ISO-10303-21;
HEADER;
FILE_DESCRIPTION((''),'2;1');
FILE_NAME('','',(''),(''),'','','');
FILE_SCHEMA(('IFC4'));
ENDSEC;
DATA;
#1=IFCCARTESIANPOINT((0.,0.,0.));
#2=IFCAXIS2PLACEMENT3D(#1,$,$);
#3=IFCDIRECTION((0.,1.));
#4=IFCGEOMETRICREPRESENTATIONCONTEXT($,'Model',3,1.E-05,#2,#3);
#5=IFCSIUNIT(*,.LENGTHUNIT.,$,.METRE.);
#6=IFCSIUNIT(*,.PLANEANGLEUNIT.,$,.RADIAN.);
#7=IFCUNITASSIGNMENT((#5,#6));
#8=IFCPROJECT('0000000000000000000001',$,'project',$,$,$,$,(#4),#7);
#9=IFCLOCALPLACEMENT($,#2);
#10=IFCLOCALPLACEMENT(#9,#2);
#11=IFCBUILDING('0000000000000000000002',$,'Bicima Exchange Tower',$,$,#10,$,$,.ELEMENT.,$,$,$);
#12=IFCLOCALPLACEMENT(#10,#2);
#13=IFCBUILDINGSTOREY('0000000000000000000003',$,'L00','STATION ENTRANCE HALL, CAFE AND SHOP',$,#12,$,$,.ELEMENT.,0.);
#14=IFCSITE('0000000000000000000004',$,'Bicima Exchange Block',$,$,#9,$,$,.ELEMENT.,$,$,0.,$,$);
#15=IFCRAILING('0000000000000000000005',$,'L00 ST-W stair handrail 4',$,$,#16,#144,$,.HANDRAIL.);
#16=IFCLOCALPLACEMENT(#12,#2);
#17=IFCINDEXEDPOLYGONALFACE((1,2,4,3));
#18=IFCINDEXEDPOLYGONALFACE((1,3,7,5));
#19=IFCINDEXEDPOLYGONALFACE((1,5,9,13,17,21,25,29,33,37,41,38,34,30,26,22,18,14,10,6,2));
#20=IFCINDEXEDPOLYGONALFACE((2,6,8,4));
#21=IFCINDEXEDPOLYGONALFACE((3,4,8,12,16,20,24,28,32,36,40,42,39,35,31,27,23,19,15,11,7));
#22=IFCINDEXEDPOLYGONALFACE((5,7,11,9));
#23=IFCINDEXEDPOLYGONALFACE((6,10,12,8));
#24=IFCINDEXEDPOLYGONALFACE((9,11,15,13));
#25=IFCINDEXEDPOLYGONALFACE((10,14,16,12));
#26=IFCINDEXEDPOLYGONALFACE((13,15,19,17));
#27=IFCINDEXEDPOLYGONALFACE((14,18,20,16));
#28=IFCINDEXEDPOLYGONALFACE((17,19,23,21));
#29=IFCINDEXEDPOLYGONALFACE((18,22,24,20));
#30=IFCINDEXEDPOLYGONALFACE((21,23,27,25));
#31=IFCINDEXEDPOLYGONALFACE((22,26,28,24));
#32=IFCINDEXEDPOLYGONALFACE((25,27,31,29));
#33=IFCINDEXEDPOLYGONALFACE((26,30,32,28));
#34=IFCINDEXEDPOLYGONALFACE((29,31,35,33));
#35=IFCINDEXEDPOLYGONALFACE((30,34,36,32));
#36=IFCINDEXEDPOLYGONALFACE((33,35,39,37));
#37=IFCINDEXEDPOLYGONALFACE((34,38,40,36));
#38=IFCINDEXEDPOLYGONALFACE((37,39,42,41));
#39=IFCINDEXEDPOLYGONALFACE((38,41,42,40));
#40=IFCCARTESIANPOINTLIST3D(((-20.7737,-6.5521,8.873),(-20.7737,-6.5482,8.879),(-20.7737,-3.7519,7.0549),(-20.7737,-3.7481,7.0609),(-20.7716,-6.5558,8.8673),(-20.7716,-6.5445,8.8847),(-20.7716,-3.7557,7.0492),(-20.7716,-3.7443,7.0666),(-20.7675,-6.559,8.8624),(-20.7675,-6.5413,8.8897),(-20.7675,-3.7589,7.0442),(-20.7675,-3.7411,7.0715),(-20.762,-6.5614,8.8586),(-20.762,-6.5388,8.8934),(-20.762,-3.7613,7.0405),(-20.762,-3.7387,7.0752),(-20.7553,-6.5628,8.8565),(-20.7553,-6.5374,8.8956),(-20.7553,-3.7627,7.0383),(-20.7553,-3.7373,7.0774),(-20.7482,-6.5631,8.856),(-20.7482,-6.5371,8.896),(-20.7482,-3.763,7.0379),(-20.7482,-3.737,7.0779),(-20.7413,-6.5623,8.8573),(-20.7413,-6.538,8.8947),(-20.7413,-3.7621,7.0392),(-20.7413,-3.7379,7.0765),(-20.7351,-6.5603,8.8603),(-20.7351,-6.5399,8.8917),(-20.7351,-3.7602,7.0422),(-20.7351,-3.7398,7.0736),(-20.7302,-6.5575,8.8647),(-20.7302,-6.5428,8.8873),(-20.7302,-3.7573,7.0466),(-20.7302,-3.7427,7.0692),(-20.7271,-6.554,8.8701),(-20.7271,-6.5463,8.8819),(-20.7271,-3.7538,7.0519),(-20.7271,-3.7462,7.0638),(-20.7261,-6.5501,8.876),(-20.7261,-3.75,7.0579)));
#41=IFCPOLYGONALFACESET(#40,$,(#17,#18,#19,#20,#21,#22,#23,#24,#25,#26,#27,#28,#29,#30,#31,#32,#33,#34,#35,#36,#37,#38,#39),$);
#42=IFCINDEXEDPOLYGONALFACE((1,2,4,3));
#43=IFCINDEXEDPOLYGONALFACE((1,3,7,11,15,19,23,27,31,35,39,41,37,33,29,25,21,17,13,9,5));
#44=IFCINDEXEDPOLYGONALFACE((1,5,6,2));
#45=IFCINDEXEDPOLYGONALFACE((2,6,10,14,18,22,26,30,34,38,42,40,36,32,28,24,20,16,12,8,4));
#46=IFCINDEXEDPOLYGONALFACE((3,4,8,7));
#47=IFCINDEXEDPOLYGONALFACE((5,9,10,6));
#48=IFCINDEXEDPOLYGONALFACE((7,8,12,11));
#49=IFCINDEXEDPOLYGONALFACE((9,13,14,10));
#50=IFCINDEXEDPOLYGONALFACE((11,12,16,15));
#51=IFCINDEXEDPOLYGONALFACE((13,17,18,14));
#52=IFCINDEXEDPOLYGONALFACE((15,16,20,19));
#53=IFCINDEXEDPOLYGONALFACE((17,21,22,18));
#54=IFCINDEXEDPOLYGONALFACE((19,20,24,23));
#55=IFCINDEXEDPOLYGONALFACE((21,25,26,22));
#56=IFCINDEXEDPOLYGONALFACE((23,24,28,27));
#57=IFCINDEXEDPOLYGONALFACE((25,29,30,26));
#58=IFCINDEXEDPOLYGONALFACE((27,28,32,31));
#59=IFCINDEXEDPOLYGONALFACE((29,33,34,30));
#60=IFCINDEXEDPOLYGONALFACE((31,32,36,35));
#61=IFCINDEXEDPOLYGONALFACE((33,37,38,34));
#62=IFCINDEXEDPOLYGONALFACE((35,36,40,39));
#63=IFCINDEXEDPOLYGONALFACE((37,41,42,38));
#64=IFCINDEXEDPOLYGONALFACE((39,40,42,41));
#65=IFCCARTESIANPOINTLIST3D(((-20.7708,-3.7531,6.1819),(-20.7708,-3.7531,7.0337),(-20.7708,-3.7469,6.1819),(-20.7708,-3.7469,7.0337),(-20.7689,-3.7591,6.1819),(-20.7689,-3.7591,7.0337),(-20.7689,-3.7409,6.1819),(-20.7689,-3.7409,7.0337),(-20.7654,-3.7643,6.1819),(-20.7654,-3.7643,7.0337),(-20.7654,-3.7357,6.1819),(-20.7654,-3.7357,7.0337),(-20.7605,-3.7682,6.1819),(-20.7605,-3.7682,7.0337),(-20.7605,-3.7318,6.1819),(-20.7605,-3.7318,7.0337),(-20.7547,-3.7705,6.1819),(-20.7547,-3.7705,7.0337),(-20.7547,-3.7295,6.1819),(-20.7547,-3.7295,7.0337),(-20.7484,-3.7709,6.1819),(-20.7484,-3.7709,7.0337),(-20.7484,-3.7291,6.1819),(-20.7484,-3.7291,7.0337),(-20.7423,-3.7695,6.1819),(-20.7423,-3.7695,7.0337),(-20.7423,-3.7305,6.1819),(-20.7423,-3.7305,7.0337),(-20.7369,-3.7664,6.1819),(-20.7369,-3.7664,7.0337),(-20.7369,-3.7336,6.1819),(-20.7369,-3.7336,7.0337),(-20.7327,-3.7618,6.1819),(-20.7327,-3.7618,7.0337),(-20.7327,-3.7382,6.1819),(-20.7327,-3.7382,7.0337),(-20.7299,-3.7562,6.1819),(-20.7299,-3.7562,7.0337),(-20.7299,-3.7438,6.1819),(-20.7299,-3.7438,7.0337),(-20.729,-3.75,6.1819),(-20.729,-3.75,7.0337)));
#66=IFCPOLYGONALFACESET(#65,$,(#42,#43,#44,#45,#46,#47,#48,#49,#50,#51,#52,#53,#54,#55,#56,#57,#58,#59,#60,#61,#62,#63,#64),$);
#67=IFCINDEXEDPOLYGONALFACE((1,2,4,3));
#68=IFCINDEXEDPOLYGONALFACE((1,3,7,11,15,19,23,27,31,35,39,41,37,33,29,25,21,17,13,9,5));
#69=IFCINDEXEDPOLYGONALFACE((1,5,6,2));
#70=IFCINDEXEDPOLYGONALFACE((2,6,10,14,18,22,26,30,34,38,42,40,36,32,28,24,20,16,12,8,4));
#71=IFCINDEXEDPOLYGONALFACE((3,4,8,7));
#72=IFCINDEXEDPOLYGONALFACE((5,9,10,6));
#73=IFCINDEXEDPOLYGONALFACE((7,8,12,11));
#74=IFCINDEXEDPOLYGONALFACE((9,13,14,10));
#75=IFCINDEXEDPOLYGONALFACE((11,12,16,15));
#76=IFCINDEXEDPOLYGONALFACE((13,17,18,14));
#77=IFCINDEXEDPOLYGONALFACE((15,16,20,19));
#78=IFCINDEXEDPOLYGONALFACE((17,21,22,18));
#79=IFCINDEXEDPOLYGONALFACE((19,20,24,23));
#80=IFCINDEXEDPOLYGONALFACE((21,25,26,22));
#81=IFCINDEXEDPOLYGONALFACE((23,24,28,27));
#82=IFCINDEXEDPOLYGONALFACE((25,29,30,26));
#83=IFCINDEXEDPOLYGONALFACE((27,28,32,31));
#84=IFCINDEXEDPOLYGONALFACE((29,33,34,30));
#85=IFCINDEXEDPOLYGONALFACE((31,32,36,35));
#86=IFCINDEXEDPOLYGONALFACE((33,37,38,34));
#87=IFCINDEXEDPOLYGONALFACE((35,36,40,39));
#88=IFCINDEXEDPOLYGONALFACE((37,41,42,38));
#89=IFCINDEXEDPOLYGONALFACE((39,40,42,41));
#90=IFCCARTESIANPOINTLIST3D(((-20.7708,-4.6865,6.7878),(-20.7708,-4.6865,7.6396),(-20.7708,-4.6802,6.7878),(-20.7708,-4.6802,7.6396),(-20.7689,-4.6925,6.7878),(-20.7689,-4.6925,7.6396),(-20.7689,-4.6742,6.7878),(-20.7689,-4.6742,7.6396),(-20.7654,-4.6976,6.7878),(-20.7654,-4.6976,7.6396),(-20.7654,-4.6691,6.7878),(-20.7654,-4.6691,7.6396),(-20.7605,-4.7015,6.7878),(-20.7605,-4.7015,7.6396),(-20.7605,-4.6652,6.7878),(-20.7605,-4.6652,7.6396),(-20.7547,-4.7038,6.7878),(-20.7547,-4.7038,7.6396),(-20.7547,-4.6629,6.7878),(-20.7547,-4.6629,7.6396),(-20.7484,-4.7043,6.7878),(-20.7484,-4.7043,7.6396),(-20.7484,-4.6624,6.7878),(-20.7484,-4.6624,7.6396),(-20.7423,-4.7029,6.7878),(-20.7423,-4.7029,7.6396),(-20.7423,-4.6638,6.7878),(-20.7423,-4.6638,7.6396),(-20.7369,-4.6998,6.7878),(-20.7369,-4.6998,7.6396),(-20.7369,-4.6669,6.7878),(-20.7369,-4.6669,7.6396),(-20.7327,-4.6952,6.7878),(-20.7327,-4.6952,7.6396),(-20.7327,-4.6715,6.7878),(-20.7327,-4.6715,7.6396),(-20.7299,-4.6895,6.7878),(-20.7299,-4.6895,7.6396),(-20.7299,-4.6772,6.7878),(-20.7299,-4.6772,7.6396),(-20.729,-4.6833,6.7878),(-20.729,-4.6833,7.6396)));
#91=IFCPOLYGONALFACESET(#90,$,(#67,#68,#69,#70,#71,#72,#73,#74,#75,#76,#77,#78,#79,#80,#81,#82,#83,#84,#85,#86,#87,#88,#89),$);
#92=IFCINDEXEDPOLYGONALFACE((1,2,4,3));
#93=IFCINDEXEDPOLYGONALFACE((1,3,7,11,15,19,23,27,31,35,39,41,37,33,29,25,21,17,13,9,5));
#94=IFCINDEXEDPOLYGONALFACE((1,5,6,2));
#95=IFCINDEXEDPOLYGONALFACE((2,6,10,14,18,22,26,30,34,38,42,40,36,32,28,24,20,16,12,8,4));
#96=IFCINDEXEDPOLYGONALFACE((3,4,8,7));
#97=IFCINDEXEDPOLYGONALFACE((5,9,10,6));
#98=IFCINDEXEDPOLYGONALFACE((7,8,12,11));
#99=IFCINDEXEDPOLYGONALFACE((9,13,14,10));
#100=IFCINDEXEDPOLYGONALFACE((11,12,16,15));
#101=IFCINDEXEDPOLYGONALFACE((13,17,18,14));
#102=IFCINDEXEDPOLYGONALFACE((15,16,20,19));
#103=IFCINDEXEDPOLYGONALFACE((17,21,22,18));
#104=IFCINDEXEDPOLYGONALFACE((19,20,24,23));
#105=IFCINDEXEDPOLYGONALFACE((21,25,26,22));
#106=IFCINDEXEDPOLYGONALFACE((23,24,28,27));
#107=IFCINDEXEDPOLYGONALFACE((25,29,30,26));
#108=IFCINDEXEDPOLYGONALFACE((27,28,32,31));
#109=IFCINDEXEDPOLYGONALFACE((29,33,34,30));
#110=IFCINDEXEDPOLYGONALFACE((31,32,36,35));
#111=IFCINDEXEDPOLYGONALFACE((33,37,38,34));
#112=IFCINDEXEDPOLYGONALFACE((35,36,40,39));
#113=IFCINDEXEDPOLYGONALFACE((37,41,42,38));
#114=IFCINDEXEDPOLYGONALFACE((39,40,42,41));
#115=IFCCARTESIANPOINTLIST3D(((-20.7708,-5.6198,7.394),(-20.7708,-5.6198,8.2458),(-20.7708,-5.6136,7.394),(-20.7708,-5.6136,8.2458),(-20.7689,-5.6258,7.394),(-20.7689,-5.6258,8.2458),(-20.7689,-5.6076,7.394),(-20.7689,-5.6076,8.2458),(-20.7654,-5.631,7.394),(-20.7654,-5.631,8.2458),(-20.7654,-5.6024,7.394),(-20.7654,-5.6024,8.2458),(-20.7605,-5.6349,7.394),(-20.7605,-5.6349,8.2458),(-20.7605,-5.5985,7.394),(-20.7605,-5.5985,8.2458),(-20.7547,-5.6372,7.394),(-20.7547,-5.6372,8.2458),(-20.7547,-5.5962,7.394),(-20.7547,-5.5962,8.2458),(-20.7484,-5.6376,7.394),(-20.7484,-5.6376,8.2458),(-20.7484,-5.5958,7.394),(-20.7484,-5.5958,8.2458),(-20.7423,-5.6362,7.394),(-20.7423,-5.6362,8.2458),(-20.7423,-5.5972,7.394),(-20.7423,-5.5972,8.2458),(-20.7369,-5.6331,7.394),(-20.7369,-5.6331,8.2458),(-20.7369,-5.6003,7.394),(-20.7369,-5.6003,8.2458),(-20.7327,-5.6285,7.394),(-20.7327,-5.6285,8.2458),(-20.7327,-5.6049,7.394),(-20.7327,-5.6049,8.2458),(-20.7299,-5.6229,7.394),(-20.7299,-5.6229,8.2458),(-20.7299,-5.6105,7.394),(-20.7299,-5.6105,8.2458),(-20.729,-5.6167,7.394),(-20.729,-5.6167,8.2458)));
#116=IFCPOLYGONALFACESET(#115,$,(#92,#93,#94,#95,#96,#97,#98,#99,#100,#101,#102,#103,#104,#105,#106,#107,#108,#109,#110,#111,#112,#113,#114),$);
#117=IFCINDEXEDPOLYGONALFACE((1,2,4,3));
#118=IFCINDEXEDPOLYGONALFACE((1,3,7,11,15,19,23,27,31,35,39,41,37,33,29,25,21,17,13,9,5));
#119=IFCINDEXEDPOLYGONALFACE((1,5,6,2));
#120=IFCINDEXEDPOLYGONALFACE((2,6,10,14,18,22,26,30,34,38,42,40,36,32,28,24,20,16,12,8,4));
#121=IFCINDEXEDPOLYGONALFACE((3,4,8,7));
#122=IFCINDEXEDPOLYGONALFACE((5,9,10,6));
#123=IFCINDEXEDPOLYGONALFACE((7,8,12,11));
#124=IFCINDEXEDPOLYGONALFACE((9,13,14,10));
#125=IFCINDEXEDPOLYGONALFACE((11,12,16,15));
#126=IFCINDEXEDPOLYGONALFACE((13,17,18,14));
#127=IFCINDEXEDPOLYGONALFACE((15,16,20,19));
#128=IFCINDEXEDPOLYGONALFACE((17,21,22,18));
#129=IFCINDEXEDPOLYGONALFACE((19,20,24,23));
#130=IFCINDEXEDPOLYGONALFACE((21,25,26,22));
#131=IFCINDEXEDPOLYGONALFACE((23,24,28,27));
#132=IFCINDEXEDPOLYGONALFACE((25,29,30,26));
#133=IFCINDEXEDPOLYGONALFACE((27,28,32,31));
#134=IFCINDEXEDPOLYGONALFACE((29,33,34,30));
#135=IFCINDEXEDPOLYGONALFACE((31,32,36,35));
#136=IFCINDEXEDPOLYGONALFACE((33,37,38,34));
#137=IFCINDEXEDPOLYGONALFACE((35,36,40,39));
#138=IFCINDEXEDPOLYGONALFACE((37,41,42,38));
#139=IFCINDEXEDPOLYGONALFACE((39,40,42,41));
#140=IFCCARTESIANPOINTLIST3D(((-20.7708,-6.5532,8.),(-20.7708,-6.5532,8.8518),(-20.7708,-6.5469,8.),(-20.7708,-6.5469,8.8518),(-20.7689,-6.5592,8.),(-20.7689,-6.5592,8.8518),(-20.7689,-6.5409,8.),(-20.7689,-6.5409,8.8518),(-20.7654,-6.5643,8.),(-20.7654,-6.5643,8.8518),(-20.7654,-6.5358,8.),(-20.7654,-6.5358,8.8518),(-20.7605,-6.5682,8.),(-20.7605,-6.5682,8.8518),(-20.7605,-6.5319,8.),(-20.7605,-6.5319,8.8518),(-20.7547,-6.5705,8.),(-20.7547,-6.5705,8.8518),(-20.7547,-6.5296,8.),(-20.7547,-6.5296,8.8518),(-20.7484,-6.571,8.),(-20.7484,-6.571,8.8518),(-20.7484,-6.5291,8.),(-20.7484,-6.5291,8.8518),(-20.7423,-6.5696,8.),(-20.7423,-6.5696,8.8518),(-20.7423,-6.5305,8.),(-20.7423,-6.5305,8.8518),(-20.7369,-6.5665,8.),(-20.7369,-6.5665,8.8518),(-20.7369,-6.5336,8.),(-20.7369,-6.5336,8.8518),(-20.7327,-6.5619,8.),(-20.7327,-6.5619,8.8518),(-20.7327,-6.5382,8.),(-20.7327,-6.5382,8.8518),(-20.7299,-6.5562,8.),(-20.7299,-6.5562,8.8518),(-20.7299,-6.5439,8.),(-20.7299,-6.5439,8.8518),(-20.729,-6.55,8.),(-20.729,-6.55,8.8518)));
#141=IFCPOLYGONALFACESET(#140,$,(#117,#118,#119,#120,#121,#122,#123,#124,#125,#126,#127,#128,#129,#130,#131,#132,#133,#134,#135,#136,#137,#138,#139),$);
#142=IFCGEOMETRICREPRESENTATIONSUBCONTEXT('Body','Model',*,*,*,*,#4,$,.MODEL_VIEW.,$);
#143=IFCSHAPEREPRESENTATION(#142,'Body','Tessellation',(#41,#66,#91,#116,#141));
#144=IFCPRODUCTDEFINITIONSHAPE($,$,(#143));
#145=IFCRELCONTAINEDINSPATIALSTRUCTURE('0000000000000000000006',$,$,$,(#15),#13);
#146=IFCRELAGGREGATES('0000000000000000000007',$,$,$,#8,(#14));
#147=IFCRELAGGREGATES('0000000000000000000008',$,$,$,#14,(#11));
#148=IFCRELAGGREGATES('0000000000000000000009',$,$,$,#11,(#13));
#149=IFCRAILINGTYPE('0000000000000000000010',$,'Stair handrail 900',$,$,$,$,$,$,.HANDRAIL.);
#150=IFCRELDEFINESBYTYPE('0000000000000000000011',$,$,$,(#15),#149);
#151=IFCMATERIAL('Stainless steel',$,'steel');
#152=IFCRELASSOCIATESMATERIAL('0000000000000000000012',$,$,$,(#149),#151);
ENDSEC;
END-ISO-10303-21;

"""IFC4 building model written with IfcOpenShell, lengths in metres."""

from ifc_helpers import new_model, si_unit, direction, frame, origin, origin_2d, place, context, subcontext, project, spatial, circle, extrude, material, type_object, element, save


model = new_model("IFC4")

# Units and contexts
model_context = context("Model", 3, precision=1e-05, world=origin(), true_north=direction((0.0, 1.0)))
body_context = subcontext(model_context, "Body", "Model", "MODEL_VIEW")
ifc_project = project(units=[si_unit("LENGTHUNIT", "METRE"), si_unit("PLANEANGLEUNIT", "RADIAN")], contexts=[model_context])

# Site, building, storey
site_placement = place(None, origin())
site = spatial("IfcSite", under=ifc_project, at=site_placement, Name="Bicima Exchange Block", CompositionType="ELEMENT", RefElevation=0.0)
building_placement = place(site_placement, origin())
building = spatial("IfcBuilding", under=site, at=building_placement, Name="Bicima Exchange Tower", CompositionType="ELEMENT")
storey_placement = place(building_placement, origin())
storey = spatial("IfcBuildingStorey", under=building, at=storey_placement, Name="L00", Description="STATION ENTRANCE HALL, CAFE AND SHOP", CompositionType="ELEMENT", Elevation=0.0)

# Shared definitions
ifc_material_1 = material(Name="Stainless steel", Category="steel")

# Railing
railing_type_1 = type_object("IfcRailingType", Name="Stair handrail 900", PredefinedType="HANDRAIL", material=ifc_material_1)
railing_1_placement = place(storey_placement, frame((-20.75, -3.75, 6.1819)))
element("IfcRailing", 1, at=railing_1_placement, inside=storey, type_object=railing_type_1, Name="L00 ST-W stair handrail 4", PredefinedType="HANDRAIL", context=body_context, shape_type="SweptSolid", body=[
    extrude(circle(Radius=0.0239, at=origin_2d()), frame((0.0, 0.0, 0.876), z_axis=(0.0, -0.838706, 0.544585), x_axis=(1.0, 0.0, 0.0)), (0.0, 0.0, 1.0), 3.3386),
    extrude(circle(Radius=0.021, at=origin_2d()), origin(), (0.0, 0.0, 1.0), 0.8518),
    extrude(circle(Radius=0.021, at=origin_2d()), frame((0.0, -0.9333, 0.606)), (0.0, 0.0, 1.0), 0.8518),
    extrude(circle(Radius=0.021, at=origin_2d()), frame((0.0, -1.8667, 1.2122)), (0.0, 0.0, 1.0), 0.8518),
    extrude(circle(Radius=0.021, at=origin_2d()), frame((0.0, -2.8, 1.8181)), (0.0, 0.0, 1.0), 0.8518),
])

save(model, "model.ifc")
